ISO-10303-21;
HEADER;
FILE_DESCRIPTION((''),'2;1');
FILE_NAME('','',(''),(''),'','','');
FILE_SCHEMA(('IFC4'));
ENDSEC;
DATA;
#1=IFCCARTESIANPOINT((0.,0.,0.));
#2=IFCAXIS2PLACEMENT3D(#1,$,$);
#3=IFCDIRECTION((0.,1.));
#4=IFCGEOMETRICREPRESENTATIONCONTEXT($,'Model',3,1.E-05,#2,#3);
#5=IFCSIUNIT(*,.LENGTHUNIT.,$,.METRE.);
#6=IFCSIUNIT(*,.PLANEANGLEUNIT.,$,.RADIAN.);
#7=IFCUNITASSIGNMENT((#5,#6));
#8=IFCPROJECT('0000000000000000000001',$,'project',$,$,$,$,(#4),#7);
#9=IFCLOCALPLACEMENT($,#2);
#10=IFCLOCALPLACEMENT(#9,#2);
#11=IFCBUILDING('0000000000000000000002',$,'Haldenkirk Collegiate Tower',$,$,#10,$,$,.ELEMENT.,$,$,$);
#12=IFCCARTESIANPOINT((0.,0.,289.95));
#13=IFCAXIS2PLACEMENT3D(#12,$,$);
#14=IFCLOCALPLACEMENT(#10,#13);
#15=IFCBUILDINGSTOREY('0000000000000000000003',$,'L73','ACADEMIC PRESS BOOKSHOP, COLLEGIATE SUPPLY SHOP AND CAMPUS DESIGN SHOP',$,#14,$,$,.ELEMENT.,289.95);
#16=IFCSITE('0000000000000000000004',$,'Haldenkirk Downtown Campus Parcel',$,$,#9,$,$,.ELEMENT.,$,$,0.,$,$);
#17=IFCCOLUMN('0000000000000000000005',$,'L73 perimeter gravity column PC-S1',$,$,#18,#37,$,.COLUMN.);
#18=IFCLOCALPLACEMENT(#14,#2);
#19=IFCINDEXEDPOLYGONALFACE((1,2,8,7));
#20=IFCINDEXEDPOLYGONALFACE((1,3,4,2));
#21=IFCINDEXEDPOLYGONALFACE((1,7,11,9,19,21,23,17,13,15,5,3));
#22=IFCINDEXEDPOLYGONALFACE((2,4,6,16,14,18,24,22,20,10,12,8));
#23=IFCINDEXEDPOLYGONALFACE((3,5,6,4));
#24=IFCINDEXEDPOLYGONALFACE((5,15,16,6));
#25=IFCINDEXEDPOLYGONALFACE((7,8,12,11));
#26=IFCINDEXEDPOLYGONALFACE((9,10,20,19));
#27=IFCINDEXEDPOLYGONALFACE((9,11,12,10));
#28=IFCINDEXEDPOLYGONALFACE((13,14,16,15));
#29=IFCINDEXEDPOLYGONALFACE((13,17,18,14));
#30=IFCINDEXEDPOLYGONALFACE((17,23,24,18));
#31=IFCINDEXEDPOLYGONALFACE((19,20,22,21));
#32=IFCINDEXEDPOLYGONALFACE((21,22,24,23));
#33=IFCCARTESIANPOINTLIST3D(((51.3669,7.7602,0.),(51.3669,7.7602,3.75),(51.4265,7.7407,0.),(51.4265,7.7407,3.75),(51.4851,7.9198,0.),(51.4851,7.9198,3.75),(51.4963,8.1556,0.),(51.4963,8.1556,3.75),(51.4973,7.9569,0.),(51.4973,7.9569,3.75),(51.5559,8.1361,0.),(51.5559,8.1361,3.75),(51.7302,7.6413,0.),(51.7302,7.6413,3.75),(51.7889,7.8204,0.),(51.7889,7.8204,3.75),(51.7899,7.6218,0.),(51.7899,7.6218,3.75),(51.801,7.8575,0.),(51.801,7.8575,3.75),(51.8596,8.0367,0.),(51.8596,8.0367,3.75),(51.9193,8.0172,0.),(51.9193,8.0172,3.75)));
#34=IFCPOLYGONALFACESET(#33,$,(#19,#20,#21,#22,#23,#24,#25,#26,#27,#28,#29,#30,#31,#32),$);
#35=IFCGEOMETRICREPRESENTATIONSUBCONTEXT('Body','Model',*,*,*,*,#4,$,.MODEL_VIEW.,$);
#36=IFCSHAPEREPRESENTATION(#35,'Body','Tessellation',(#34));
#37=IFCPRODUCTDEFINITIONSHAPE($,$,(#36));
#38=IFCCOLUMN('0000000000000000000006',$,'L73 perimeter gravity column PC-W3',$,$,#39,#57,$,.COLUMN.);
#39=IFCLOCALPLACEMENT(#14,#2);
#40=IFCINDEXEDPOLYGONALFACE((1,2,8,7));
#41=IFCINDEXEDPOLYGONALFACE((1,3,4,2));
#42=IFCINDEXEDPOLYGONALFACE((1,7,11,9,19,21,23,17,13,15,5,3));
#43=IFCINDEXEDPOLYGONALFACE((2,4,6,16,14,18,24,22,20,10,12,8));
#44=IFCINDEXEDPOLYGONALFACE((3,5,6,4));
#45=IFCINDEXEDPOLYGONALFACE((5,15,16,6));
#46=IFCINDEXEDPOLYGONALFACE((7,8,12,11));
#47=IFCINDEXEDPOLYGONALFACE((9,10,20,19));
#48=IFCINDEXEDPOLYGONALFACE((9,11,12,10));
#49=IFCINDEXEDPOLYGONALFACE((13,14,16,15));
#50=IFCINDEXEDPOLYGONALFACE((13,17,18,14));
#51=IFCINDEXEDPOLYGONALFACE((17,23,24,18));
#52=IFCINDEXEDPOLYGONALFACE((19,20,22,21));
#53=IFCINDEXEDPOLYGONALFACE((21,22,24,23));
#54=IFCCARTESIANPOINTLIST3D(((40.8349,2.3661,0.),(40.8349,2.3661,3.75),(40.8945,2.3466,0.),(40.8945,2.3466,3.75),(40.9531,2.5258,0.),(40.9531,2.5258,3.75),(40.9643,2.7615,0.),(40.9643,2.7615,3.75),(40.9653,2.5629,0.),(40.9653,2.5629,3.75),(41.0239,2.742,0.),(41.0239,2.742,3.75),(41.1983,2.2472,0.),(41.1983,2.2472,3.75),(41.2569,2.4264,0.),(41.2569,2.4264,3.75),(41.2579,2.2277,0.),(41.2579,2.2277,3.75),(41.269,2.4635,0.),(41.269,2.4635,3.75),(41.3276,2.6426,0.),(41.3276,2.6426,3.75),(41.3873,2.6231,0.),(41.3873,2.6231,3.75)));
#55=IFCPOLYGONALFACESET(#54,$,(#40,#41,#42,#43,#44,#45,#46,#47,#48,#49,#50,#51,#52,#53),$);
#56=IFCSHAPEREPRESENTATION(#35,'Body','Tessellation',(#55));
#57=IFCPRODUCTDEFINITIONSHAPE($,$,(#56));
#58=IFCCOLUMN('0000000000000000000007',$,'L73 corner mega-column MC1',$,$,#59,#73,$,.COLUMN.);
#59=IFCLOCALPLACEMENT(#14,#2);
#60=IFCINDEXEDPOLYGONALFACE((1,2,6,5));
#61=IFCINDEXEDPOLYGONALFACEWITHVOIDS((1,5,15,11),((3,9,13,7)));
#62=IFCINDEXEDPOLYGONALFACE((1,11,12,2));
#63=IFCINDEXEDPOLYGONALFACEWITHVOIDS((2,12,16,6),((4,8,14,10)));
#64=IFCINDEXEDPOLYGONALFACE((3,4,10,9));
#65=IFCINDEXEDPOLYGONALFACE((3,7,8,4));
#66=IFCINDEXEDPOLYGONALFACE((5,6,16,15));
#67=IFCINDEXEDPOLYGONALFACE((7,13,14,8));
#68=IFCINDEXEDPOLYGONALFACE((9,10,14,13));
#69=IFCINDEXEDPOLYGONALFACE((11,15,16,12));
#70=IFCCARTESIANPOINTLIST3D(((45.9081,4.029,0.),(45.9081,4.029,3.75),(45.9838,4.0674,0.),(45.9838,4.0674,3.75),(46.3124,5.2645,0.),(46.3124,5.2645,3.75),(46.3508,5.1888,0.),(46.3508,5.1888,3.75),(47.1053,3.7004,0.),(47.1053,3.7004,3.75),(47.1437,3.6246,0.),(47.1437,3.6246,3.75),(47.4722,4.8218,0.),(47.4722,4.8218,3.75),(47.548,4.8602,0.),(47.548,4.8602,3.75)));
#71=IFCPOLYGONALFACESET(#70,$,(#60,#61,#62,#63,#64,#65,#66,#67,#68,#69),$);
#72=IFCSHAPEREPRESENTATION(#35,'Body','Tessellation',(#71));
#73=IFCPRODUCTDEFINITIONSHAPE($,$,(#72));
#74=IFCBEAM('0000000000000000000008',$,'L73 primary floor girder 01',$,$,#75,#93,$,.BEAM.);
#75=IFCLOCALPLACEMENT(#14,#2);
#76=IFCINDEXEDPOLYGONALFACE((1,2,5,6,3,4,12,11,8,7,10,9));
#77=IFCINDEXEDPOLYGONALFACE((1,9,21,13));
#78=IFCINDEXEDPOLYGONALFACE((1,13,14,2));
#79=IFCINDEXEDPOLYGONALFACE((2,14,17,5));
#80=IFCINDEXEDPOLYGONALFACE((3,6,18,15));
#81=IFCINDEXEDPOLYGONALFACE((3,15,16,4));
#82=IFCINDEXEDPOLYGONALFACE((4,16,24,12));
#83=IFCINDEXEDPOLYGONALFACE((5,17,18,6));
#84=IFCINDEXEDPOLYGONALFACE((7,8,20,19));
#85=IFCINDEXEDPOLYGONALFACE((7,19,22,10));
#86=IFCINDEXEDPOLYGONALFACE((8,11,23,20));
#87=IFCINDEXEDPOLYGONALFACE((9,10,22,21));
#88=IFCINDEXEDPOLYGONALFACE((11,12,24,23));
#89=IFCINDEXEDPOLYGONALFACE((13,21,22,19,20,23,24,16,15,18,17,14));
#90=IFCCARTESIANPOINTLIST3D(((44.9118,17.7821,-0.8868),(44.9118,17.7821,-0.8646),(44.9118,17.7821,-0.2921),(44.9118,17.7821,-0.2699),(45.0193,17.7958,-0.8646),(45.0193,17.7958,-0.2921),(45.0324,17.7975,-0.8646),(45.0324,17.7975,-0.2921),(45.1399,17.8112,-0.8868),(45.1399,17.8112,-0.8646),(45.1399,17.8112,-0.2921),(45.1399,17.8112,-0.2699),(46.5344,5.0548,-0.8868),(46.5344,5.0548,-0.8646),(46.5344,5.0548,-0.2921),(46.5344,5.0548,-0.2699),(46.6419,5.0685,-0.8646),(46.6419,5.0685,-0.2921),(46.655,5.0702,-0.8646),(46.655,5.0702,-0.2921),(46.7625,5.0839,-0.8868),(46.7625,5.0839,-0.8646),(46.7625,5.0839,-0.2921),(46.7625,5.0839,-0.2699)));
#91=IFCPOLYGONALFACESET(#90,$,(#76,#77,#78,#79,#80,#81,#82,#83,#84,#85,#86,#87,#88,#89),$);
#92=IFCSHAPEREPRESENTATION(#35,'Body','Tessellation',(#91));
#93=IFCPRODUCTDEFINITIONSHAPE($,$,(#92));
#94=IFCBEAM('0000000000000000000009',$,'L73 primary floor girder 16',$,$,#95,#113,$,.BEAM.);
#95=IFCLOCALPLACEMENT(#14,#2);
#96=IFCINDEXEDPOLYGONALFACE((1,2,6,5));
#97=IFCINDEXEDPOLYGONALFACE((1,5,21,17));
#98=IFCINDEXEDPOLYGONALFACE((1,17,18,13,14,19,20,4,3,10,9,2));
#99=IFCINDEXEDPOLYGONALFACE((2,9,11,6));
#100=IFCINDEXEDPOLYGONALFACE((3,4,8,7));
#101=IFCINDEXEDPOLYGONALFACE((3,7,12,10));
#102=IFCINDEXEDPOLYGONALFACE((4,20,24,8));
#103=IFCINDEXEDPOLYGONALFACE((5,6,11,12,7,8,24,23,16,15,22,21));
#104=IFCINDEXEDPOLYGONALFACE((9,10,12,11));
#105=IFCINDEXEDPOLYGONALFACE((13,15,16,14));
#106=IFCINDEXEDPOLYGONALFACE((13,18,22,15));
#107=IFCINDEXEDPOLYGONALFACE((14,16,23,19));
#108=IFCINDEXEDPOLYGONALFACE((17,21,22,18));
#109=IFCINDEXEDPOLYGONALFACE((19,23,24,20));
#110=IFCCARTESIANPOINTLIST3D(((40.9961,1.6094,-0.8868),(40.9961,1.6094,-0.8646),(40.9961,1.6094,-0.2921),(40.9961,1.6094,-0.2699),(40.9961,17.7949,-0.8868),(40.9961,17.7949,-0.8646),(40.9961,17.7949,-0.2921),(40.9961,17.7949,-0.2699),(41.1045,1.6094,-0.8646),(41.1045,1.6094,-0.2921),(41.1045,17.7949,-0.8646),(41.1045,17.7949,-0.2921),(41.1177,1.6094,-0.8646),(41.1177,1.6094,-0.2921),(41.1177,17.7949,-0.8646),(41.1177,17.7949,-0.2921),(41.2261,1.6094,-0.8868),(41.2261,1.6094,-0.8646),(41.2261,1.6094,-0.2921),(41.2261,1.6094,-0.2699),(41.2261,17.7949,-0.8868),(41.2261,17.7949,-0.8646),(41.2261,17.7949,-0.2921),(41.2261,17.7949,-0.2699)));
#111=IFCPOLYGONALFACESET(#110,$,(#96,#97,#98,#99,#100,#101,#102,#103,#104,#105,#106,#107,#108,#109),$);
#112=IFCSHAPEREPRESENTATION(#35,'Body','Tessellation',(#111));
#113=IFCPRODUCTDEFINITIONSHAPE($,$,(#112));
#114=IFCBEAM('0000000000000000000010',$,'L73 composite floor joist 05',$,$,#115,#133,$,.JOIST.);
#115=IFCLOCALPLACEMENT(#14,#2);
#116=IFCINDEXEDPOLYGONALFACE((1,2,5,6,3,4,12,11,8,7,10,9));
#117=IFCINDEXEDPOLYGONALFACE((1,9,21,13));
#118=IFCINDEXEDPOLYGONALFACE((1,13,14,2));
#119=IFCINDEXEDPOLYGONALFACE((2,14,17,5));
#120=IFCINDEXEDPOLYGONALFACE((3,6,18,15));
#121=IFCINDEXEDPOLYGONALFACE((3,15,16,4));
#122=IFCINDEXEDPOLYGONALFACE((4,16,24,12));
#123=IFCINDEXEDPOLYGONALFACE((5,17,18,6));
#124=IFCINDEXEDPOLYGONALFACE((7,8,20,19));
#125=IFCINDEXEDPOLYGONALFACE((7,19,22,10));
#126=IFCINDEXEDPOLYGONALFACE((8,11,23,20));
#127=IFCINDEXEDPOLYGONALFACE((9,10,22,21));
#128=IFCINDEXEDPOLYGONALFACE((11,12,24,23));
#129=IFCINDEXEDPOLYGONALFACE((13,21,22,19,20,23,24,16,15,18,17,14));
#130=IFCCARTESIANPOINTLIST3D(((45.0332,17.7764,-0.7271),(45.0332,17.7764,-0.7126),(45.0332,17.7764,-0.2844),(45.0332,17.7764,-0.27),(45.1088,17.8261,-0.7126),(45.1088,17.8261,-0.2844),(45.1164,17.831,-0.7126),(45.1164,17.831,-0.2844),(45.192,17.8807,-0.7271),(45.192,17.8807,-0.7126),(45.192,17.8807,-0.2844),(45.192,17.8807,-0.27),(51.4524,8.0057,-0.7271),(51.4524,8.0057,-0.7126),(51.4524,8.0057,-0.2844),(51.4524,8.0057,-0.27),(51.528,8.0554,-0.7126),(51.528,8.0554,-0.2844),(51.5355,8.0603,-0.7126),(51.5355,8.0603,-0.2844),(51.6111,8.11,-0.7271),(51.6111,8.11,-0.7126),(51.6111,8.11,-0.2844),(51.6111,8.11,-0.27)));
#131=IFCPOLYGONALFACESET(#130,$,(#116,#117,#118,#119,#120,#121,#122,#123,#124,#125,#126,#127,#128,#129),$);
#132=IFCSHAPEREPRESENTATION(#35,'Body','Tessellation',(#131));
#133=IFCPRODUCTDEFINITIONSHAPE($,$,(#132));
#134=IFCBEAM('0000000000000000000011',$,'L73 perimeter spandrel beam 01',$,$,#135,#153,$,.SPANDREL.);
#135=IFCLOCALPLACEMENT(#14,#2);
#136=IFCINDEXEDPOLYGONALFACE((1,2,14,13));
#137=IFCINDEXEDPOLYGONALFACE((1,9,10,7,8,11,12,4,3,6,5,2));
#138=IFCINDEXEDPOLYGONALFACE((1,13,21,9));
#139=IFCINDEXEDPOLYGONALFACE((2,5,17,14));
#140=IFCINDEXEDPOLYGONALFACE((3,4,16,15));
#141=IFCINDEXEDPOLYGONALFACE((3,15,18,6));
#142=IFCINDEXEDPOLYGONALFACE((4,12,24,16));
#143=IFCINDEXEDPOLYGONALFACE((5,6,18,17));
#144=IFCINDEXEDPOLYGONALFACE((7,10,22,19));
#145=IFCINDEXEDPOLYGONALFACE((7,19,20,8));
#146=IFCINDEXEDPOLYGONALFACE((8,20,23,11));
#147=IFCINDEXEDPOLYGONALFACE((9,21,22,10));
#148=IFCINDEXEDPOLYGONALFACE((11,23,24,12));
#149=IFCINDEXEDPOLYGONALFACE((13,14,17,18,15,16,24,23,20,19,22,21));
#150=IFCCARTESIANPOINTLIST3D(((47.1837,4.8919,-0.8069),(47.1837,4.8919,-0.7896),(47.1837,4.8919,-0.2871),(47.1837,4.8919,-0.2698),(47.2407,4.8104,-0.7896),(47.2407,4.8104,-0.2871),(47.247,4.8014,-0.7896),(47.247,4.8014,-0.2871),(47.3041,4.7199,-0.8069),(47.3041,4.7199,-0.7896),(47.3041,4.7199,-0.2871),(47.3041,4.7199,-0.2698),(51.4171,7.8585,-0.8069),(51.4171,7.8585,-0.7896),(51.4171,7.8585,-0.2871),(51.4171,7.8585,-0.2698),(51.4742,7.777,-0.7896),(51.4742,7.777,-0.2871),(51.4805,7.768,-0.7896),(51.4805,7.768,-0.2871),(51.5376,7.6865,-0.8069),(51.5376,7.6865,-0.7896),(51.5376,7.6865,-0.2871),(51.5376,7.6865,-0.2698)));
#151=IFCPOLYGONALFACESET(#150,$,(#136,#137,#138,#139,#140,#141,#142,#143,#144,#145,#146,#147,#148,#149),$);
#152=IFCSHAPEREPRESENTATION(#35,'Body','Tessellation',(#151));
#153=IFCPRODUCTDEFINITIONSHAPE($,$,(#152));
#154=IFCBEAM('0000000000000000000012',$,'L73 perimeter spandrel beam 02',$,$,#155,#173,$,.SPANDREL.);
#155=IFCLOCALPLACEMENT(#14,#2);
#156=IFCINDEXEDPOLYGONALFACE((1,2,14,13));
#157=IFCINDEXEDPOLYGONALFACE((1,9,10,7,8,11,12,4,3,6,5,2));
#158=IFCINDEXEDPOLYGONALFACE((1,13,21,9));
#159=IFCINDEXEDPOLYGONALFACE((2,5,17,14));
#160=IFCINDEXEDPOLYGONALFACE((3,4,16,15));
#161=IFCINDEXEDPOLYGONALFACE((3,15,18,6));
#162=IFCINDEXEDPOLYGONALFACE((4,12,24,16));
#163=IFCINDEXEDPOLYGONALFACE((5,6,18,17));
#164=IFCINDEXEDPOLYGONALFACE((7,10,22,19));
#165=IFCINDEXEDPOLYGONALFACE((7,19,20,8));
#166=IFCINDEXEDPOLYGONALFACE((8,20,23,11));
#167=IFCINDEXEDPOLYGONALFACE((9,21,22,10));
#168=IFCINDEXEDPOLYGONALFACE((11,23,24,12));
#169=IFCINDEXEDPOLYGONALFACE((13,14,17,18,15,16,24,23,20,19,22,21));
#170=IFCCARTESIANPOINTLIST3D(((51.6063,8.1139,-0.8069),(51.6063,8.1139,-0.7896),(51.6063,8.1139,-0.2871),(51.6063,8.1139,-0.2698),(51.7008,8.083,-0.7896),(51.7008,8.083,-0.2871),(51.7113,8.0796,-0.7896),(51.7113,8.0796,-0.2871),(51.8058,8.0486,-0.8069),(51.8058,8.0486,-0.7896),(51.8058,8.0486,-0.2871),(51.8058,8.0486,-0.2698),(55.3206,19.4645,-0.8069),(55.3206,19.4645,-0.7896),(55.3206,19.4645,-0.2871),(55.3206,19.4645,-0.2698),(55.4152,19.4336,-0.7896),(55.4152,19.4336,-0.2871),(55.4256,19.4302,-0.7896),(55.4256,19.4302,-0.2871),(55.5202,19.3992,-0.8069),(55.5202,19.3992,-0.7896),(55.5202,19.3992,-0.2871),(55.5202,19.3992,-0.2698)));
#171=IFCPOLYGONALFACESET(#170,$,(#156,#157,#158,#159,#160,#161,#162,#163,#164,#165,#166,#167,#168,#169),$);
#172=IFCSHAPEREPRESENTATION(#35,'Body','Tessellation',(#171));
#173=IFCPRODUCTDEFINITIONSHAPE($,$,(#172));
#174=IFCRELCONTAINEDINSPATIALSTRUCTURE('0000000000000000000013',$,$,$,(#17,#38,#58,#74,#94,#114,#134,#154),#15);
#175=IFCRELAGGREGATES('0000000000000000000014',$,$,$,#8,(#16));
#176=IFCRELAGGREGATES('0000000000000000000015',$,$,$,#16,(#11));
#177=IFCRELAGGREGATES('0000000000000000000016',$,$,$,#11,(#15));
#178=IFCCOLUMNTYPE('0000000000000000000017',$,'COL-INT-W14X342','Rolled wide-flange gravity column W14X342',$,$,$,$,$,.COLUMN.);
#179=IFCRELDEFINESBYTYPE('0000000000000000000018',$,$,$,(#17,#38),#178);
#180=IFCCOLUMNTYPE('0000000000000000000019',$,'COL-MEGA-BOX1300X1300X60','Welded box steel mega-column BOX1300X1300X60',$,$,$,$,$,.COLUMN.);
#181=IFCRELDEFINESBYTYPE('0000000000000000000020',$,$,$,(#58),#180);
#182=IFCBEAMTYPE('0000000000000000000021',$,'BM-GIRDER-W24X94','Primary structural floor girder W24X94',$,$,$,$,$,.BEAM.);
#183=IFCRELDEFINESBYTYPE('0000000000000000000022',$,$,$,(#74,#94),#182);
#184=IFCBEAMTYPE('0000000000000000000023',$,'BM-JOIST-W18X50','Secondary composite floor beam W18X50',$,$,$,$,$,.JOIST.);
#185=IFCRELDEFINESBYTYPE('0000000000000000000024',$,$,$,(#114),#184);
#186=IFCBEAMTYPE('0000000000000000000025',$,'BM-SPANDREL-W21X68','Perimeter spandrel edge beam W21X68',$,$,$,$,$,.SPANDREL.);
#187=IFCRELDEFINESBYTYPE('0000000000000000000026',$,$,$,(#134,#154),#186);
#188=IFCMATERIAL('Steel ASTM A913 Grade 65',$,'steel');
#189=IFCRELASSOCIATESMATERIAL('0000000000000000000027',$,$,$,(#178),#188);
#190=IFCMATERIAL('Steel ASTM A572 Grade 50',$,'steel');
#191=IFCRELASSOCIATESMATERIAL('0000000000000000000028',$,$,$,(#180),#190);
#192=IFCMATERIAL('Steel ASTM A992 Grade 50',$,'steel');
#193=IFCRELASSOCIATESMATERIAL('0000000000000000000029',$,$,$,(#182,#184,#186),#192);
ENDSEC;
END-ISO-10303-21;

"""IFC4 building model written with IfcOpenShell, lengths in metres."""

from ifc_helpers import new_model, si_unit, direction, frame, origin, origin_2d, place, context, subcontext, project, spatial, hollow_rectangle, i_section, extrude, material, material_profile, profile_set, type_object, element, save


model = new_model("IFC4")

# Units and contexts
model_context = context("Model", 3, precision=1e-05, world=origin(), true_north=direction((0.0, 1.0)))
body_context = subcontext(model_context, "Body", "Model", "MODEL_VIEW")
ifc_project = project(units=[si_unit("LENGTHUNIT", "METRE"), si_unit("PLANEANGLEUNIT", "RADIAN")], contexts=[model_context])

# Site, building, storey
site_placement = place(None, origin())
site = spatial("IfcSite", under=ifc_project, at=site_placement, Name="Haldenkirk Downtown Campus Parcel", CompositionType="ELEMENT", RefElevation=0.0)
building_placement = place(site_placement, origin())
building = spatial("IfcBuilding", under=site, at=building_placement, Name="Haldenkirk Collegiate Tower", CompositionType="ELEMENT")
storey_placement = place(building_placement, frame((0.0, 0.0, 289.95)))
storey = spatial("IfcBuildingStorey", under=building, at=storey_placement, Name="L73", Description="ACADEMIC PRESS BOOKSHOP, COLLEGIATE SUPPLY SHOP AND CAMPUS DESIGN SHOP", CompositionType="ELEMENT", Elevation=289.95)

# Columns
ifc_material_1 = material(Name="Steel ASTM A913 Grade 65", Category="steel")
ifc_material_profile_1 = material_profile(ifc_material_1, i_section(OverallWidth=0.416, OverallDepth=0.4451, WebThickness=0.0391, FlangeThickness=0.0627, at=origin_2d()), Name="W14X342")
ifc_profile_set_1 = profile_set([ifc_material_profile_1], Name="Steel ASTM A913 Grade 65")
column_type_1 = type_object("IfcColumnType", Name="COL-INT-W14X342", Description="Rolled wide-flange gravity column W14X342", PredefinedType="COLUMN", material=ifc_profile_set_1)
for number, where, z_axis, x_axis, name in (
    (1, (51.6431, 7.8887, 0.0), (0.0, 0.0, 1.0), (0.311008, 0.950407, 0.0), "L73 perimeter gravity column PC-S1"),
    (2, (41.1111, 2.4946, 0.0), (0.0, 0.0, 1.0), (0.311008, 0.950407, 0.0), "L73 perimeter gravity column PC-W3"),
):
    element("IfcColumn", number, at=place(storey_placement, frame(where, z_axis=z_axis, x_axis=x_axis)), inside=storey, type_object=column_type_1, Name=name, PredefinedType="COLUMN", context=body_context, shape_type="SweptSolid", body=[
        extrude(i_section(OverallWidth=0.416, OverallDepth=0.4451, WebThickness=0.0391, FlangeThickness=0.0627, at=origin_2d()), origin(), (0.0, 0.0, 1.0), 3.75),
    ])
ifc_material_2 = material(Name="Steel ASTM A572 Grade 50", Category="steel")
ifc_material_profile_2 = material_profile(ifc_material_2, hollow_rectangle(XDim=1.3, YDim=1.3, WallThickness=0.0601, at=origin_2d()), Name="BOX1300X1300X60")
ifc_profile_set_2 = profile_set([ifc_material_profile_2], Name="Steel ASTM A572 Grade 50")
column_type_2 = type_object("IfcColumnType", Name="COL-MEGA-BOX1300X1300X60", Description="Welded box steel mega-column BOX1300X1300X60", PredefinedType="COLUMN", material=ifc_profile_set_2)
column_placement = place(storey_placement, frame((46.728, 4.4446, 0.0), z_axis=(0.0, 0.0, 1.0), x_axis=(0.311008, 0.950407, 0.0)))
element("IfcColumn", 3, at=column_placement, inside=storey, type_object=column_type_2, Name="L73 corner mega-column MC1", PredefinedType="COLUMN", context=body_context, shape_type="SweptSolid", body=[
    extrude(hollow_rectangle(XDim=1.3, YDim=1.3, WallThickness=0.0601, at=origin_2d()), origin(), (0.0, 0.0, 1.0), 3.75),
])

# Beams
ifc_material_3 = material(Name="Steel ASTM A992 Grade 50", Category="steel")
ifc_material_profile_3 = material_profile(ifc_material_3, i_section(OverallWidth=0.23, OverallDepth=0.6169, WebThickness=0.0132, FlangeThickness=0.0222, at=origin_2d()), Name="W24X94")
ifc_profile_set_3 = profile_set([ifc_material_profile_3], Name="Steel ASTM A992 Grade 50")
beam_type_1 = type_object("IfcBeamType", Name="BM-GIRDER-W24X94", Description="Primary structural floor girder W24X94", PredefinedType="BEAM", material=ifc_profile_set_3)
beam_1_placement = place(storey_placement, frame((46.6484, 5.0693, -0.5784), z_axis=(-0.126463, 0.991971, 0.0), x_axis=(-0.991971, -0.126463, 0.0)))
element("IfcBeam", 4, at=beam_1_placement, inside=storey, type_object=beam_type_1, Name="L73 primary floor girder 01", PredefinedType="BEAM", context=body_context, shape_type="SweptSolid", body=[
    extrude(i_section(OverallWidth=0.23, OverallDepth=0.6169, WebThickness=0.0132, FlangeThickness=0.0222, at=origin_2d()), origin(), (0.0, 0.0, 1.0), 12.8303),
])
beam_2_placement = place(storey_placement, frame((41.1111, 1.6094, -0.5784), z_axis=(0.0, 1.0, 0.0), x_axis=(-1.0, 0.0, 0.0)))
element("IfcBeam", 5, at=beam_2_placement, inside=storey, type_object=beam_type_1, Name="L73 primary floor girder 16", PredefinedType="BEAM", context=body_context, shape_type="SweptSolid", body=[
    extrude(i_section(OverallWidth=0.23, OverallDepth=0.6169, WebThickness=0.0132, FlangeThickness=0.0222, at=origin_2d()), origin(), (0.0, 0.0, 1.0), 16.1855),
])
ifc_material_profile_4 = material_profile(ifc_material_3, i_section(OverallWidth=0.1899, OverallDepth=0.457, WebThickness=0.009, FlangeThickness=0.0144, at=origin_2d()), Name="W18X50")
ifc_profile_set_4 = profile_set([ifc_material_profile_4], Name="Steel ASTM A992 Grade 50")
beam_type_2 = type_object("IfcBeamType", Name="BM-JOIST-W18X50", Description="Secondary composite floor beam W18X50", PredefinedType="JOIST", material=ifc_profile_set_4)
beam_3_placement = place(storey_placement, frame((51.5317, 8.0579, -0.4985), z_axis=(-0.549083, 0.835768, 0.0), x_axis=(-0.835768, -0.549083, 0.0)))
element("IfcBeam", 6, at=beam_3_placement, inside=storey, type_object=beam_type_2, Name="L73 composite floor joist 05", PredefinedType="JOIST", context=body_context, shape_type="SweptSolid", body=[
    extrude(i_section(OverallWidth=0.1899, OverallDepth=0.457, WebThickness=0.009, FlangeThickness=0.0144, at=origin_2d()), origin(), (0.0, 0.0, 1.0), 11.6907),
])
ifc_material_profile_5 = material_profile(ifc_material_3, i_section(OverallWidth=0.21, OverallDepth=0.5371, WebThickness=0.011, FlangeThickness=0.0173, at=origin_2d()), Name="W21X68")
ifc_profile_set_5 = profile_set([ifc_material_profile_5], Name="Steel ASTM A992 Grade 50")
beam_type_3 = type_object("IfcBeamType", Name="BM-SPANDREL-W21X68", Description="Perimeter spandrel edge beam W21X68", PredefinedType="SPANDREL", material=ifc_profile_set_5)
beam_4_placement = place(storey_placement, frame((47.2439, 4.8059, -0.5383), z_axis=(0.818943, 0.573874, 0.0), x_axis=(-0.573874, 0.818943, 0.0)))
element("IfcBeam", 7, at=beam_4_placement, inside=storey, type_object=beam_type_3, Name="L73 perimeter spandrel beam 01", PredefinedType="SPANDREL", context=body_context, shape_type="SweptSolid", body=[
    extrude(i_section(OverallWidth=0.21, OverallDepth=0.5371, WebThickness=0.011, FlangeThickness=0.0173, at=origin_2d()), origin(), (0.0, 0.0, 1.0), 5.1694),
])
beam_5_placement = place(storey_placement, frame((51.7061, 8.0813, -0.5383), z_axis=(0.31101, 0.950407, 0.0), x_axis=(-0.950407, 0.31101, 0.0)))
element("IfcBeam", 8, at=beam_5_placement, inside=storey, type_object=beam_type_3, Name="L73 perimeter spandrel beam 02", PredefinedType="SPANDREL", context=body_context, shape_type="SweptSolid", body=[
    extrude(i_section(OverallWidth=0.21, OverallDepth=0.5371, WebThickness=0.011, FlangeThickness=0.0173, at=origin_2d()), origin(), (0.0, 0.0, 1.0), 11.9429),
])

save(model, "model.ifc")
